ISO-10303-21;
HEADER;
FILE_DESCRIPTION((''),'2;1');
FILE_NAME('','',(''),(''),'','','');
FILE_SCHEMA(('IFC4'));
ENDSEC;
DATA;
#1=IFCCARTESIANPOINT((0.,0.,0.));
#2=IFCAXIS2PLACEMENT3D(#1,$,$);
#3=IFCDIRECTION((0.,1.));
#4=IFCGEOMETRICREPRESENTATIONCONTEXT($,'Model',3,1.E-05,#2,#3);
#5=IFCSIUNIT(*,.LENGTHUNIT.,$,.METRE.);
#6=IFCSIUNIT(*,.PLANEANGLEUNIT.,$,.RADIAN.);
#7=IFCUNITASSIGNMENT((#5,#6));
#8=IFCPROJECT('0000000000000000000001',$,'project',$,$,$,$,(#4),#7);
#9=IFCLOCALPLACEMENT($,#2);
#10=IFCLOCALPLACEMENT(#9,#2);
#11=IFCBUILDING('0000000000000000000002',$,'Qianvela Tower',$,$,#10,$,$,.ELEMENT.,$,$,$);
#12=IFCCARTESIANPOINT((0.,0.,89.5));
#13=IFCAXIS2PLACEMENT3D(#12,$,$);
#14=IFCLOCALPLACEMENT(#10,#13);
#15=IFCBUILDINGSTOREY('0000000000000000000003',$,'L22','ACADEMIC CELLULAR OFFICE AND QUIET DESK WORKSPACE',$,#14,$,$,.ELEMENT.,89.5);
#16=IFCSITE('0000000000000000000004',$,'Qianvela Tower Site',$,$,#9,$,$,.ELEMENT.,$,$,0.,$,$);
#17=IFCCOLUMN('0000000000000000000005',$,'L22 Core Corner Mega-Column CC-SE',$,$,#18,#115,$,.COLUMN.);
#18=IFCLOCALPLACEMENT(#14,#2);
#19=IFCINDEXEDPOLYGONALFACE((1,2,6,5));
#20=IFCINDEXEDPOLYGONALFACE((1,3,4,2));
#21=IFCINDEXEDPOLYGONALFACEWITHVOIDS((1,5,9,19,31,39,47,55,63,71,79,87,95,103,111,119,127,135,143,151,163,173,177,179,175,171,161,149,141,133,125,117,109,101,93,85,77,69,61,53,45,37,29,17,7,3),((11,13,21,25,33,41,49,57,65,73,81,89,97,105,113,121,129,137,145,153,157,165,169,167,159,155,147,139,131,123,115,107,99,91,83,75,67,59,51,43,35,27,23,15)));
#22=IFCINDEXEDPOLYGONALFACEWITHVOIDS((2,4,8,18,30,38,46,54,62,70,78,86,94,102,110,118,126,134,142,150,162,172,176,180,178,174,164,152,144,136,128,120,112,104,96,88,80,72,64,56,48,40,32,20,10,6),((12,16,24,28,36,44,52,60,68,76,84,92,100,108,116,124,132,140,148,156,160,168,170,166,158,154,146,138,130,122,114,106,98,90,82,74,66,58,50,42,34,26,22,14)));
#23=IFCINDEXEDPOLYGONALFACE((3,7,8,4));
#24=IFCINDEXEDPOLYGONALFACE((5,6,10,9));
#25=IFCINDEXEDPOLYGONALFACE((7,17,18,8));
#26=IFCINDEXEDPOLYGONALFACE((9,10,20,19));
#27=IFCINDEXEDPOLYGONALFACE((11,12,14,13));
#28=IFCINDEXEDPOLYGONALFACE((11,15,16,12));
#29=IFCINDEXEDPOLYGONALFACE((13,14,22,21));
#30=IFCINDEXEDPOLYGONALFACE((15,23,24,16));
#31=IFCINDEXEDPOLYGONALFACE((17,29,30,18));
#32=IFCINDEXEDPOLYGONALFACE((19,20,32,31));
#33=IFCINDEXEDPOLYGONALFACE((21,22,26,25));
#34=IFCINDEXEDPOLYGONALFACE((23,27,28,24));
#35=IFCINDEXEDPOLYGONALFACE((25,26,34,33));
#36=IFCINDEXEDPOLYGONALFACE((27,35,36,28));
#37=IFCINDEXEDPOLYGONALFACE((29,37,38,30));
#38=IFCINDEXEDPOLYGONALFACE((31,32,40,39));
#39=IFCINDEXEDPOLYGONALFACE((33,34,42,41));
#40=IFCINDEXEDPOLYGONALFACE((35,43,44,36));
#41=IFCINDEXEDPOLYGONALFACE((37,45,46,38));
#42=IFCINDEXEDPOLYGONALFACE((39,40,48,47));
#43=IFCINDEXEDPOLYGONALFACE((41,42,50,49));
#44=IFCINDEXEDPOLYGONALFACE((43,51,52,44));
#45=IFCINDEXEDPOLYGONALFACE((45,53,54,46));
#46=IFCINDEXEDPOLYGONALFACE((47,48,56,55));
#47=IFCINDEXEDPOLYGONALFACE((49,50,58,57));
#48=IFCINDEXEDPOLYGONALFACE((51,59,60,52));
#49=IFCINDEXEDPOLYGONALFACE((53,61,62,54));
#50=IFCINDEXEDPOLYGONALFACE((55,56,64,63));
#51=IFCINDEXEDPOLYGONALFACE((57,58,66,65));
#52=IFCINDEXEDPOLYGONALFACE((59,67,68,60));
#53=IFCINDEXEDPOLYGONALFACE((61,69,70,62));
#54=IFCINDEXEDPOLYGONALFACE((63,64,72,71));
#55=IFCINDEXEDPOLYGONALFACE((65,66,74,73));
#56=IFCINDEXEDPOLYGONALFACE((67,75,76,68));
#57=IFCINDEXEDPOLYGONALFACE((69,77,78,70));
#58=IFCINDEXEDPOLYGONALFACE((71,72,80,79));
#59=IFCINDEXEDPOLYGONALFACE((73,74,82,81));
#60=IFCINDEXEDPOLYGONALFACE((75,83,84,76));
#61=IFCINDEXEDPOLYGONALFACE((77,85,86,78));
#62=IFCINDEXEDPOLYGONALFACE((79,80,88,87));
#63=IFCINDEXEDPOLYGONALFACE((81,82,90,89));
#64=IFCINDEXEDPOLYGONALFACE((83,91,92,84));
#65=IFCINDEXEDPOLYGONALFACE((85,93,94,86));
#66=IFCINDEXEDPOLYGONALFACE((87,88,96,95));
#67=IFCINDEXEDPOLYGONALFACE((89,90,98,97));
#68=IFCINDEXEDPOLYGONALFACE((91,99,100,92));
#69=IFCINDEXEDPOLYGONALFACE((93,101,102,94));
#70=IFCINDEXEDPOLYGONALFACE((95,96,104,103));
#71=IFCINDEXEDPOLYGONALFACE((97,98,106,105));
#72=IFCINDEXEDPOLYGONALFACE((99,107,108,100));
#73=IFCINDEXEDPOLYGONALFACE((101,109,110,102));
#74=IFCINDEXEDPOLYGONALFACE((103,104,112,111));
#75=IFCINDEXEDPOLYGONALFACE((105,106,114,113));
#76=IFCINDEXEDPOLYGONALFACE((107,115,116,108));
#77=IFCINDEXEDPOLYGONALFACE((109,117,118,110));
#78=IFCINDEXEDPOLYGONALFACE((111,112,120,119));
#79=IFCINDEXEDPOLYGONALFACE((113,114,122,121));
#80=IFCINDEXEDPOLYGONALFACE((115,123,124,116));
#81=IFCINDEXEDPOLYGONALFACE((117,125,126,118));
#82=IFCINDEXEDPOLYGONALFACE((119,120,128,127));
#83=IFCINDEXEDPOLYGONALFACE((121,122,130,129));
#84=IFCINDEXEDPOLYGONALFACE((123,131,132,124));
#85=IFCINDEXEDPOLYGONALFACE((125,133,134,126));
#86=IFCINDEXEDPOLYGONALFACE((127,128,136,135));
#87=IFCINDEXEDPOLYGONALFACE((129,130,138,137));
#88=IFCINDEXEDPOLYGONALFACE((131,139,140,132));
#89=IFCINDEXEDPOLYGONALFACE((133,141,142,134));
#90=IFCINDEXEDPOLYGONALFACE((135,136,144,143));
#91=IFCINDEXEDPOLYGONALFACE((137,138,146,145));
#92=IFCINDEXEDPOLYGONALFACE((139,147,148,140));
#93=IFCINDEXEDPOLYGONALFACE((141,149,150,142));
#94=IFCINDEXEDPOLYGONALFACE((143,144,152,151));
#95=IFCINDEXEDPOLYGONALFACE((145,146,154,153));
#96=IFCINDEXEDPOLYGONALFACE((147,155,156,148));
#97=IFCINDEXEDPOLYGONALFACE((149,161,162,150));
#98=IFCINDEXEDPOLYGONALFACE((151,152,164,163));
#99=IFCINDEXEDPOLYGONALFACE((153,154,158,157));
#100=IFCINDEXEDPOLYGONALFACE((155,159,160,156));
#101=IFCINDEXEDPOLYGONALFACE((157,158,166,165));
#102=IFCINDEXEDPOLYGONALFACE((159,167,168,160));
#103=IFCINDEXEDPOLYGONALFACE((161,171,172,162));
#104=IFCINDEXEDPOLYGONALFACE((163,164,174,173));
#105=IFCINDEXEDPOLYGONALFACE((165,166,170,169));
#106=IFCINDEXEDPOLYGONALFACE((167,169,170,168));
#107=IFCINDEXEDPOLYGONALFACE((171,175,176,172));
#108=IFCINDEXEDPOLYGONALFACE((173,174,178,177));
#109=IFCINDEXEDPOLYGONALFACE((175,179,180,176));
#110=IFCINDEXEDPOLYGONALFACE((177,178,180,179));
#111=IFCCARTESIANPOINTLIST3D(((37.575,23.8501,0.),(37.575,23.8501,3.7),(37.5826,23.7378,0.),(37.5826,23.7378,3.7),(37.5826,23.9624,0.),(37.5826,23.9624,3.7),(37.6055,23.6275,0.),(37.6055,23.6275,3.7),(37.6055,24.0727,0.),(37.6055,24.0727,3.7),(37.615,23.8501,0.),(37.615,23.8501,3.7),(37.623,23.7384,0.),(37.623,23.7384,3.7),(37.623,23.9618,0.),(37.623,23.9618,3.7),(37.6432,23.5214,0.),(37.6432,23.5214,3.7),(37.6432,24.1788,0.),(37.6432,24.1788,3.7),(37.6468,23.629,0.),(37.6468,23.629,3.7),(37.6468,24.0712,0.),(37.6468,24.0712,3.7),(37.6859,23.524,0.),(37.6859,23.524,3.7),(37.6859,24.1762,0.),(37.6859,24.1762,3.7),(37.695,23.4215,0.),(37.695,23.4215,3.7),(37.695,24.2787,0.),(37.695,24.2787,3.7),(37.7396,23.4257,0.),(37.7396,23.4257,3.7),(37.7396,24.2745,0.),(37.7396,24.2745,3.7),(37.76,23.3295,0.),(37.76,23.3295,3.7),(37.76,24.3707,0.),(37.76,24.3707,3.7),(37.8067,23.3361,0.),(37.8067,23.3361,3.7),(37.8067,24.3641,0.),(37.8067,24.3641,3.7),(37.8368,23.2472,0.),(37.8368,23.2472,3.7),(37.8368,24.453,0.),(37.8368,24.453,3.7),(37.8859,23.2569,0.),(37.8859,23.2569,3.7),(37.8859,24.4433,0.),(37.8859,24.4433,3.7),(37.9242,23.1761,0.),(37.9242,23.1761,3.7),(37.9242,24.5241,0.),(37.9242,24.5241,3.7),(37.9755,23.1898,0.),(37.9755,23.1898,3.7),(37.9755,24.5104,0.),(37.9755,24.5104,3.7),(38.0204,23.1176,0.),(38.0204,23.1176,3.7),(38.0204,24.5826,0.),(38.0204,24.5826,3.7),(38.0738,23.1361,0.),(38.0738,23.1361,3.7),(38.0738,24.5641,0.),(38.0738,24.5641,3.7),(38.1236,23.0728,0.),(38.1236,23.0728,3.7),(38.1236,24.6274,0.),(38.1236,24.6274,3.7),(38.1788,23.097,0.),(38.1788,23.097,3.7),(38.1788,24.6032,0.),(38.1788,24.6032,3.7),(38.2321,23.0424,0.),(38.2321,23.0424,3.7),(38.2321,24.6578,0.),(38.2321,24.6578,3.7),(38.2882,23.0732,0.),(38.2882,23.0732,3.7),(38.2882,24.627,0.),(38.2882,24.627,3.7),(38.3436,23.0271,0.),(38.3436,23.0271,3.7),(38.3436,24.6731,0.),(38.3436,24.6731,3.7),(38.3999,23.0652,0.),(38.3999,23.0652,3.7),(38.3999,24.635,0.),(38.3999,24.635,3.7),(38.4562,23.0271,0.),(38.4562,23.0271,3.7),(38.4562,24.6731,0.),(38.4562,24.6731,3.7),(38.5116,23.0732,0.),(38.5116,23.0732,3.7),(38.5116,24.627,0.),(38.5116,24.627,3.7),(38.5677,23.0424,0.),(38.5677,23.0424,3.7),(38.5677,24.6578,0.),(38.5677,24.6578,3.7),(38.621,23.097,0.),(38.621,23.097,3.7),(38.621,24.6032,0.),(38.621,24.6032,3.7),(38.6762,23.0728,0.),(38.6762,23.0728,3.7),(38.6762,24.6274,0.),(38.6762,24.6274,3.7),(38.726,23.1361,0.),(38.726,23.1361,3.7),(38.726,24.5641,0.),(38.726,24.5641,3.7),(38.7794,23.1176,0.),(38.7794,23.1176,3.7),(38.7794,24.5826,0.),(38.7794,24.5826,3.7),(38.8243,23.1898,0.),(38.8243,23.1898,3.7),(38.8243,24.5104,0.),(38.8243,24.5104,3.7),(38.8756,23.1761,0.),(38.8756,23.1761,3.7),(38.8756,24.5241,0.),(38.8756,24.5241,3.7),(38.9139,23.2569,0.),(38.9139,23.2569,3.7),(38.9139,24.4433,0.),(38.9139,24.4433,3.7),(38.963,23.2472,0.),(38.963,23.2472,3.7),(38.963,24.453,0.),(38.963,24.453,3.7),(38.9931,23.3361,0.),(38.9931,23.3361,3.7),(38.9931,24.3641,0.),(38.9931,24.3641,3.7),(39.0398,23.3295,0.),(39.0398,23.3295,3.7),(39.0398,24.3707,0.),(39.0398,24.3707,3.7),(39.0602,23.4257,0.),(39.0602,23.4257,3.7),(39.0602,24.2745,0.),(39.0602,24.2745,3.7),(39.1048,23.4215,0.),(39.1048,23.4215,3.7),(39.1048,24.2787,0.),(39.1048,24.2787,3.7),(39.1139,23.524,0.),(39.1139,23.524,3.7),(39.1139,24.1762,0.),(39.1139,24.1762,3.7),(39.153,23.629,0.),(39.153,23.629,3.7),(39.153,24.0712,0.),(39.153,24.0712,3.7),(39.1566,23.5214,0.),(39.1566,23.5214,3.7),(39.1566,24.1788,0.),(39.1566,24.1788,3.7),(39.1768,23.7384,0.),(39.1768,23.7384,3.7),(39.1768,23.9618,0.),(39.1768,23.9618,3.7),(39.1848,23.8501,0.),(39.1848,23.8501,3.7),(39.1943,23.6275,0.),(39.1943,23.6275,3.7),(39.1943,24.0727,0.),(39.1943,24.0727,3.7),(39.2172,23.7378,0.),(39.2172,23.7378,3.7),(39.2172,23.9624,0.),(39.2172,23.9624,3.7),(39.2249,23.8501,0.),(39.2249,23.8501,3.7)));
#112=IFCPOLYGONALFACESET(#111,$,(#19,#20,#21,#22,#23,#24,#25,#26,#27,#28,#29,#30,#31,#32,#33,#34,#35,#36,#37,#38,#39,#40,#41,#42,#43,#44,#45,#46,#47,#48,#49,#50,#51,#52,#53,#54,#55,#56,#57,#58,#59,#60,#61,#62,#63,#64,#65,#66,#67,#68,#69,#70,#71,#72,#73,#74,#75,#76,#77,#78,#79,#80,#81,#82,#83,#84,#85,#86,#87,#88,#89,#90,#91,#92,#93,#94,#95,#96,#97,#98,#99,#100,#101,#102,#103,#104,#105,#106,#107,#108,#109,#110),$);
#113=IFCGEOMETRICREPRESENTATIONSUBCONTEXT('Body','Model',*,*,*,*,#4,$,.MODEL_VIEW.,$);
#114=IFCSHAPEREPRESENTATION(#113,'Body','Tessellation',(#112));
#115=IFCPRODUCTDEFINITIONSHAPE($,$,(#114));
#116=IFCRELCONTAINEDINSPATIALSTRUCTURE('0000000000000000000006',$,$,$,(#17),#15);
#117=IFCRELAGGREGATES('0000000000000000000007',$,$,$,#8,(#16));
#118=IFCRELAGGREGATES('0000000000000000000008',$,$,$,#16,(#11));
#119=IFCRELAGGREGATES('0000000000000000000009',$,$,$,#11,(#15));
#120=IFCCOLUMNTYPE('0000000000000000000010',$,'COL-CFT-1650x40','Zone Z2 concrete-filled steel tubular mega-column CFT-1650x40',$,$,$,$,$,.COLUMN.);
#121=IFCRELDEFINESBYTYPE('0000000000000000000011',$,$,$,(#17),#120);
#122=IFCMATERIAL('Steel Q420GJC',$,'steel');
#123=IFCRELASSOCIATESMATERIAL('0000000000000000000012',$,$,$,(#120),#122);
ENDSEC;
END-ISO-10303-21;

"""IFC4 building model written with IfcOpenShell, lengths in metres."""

from ifc_helpers import new_model, si_unit, direction, frame, origin, origin_2d, place, context, subcontext, project, spatial, hollow_circle, extrude, material, material_profile, profile_set, type_object, element, save


model = new_model("IFC4")

# Units and contexts
model_context = context("Model", 3, precision=1e-05, world=origin(), true_north=direction((0.0, 1.0)))
body_context = subcontext(model_context, "Body", "Model", "MODEL_VIEW")
ifc_project = project(units=[si_unit("LENGTHUNIT", "METRE"), si_unit("PLANEANGLEUNIT", "RADIAN")], contexts=[model_context])

# Site, building, storey
site_placement = place(None, origin())
site = spatial("IfcSite", under=ifc_project, at=site_placement, Name="Qianvela Tower Site", CompositionType="ELEMENT", RefElevation=0.0)
building_placement = place(site_placement, origin())
building = spatial("IfcBuilding", under=site, at=building_placement, Name="Qianvela Tower", CompositionType="ELEMENT")
storey_placement = place(building_placement, frame((0.0, 0.0, 89.5)))
storey = spatial("IfcBuildingStorey", under=building, at=storey_placement, Name="L22", Description="ACADEMIC CELLULAR OFFICE AND QUIET DESK WORKSPACE", CompositionType="ELEMENT", Elevation=89.5)

# Column
ifc_material_1 = material(Name="Steel Q420GJC", Category="steel")
ifc_material_profile_1 = material_profile(ifc_material_1, hollow_circle(Radius=0.825, WallThickness=0.04, at=origin_2d()), Name="CFT-1650x40")
ifc_profile_set_1 = profile_set([ifc_material_profile_1], Name="Steel Q420GJC")
column_type = type_object("IfcColumnType", Name="COL-CFT-1650x40", Description="Zone Z2 concrete-filled steel tubular mega-column CFT-1650x40", PredefinedType="COLUMN", material=ifc_profile_set_1)
for number, where, z_axis, x_axis, name in (
    (1, (38.3999, 23.8501, 0.0), (0.0, 0.0, 1.0), (1.0, 0.0, 0.0), "L22 Core Corner Mega-Column CC-SE"),
):
    element("IfcColumn", number, at=place(storey_placement, frame(where, z_axis=z_axis, x_axis=x_axis)), inside=storey, type_object=column_type, Name=name, PredefinedType="COLUMN", context=body_context, shape_type="SweptSolid", body=[
        extrude(hollow_circle(Radius=0.825, WallThickness=0.04, at=origin_2d()), origin(), (0.0, 0.0, 1.0), 3.7),
    ])

save(model, "model.ifc")
